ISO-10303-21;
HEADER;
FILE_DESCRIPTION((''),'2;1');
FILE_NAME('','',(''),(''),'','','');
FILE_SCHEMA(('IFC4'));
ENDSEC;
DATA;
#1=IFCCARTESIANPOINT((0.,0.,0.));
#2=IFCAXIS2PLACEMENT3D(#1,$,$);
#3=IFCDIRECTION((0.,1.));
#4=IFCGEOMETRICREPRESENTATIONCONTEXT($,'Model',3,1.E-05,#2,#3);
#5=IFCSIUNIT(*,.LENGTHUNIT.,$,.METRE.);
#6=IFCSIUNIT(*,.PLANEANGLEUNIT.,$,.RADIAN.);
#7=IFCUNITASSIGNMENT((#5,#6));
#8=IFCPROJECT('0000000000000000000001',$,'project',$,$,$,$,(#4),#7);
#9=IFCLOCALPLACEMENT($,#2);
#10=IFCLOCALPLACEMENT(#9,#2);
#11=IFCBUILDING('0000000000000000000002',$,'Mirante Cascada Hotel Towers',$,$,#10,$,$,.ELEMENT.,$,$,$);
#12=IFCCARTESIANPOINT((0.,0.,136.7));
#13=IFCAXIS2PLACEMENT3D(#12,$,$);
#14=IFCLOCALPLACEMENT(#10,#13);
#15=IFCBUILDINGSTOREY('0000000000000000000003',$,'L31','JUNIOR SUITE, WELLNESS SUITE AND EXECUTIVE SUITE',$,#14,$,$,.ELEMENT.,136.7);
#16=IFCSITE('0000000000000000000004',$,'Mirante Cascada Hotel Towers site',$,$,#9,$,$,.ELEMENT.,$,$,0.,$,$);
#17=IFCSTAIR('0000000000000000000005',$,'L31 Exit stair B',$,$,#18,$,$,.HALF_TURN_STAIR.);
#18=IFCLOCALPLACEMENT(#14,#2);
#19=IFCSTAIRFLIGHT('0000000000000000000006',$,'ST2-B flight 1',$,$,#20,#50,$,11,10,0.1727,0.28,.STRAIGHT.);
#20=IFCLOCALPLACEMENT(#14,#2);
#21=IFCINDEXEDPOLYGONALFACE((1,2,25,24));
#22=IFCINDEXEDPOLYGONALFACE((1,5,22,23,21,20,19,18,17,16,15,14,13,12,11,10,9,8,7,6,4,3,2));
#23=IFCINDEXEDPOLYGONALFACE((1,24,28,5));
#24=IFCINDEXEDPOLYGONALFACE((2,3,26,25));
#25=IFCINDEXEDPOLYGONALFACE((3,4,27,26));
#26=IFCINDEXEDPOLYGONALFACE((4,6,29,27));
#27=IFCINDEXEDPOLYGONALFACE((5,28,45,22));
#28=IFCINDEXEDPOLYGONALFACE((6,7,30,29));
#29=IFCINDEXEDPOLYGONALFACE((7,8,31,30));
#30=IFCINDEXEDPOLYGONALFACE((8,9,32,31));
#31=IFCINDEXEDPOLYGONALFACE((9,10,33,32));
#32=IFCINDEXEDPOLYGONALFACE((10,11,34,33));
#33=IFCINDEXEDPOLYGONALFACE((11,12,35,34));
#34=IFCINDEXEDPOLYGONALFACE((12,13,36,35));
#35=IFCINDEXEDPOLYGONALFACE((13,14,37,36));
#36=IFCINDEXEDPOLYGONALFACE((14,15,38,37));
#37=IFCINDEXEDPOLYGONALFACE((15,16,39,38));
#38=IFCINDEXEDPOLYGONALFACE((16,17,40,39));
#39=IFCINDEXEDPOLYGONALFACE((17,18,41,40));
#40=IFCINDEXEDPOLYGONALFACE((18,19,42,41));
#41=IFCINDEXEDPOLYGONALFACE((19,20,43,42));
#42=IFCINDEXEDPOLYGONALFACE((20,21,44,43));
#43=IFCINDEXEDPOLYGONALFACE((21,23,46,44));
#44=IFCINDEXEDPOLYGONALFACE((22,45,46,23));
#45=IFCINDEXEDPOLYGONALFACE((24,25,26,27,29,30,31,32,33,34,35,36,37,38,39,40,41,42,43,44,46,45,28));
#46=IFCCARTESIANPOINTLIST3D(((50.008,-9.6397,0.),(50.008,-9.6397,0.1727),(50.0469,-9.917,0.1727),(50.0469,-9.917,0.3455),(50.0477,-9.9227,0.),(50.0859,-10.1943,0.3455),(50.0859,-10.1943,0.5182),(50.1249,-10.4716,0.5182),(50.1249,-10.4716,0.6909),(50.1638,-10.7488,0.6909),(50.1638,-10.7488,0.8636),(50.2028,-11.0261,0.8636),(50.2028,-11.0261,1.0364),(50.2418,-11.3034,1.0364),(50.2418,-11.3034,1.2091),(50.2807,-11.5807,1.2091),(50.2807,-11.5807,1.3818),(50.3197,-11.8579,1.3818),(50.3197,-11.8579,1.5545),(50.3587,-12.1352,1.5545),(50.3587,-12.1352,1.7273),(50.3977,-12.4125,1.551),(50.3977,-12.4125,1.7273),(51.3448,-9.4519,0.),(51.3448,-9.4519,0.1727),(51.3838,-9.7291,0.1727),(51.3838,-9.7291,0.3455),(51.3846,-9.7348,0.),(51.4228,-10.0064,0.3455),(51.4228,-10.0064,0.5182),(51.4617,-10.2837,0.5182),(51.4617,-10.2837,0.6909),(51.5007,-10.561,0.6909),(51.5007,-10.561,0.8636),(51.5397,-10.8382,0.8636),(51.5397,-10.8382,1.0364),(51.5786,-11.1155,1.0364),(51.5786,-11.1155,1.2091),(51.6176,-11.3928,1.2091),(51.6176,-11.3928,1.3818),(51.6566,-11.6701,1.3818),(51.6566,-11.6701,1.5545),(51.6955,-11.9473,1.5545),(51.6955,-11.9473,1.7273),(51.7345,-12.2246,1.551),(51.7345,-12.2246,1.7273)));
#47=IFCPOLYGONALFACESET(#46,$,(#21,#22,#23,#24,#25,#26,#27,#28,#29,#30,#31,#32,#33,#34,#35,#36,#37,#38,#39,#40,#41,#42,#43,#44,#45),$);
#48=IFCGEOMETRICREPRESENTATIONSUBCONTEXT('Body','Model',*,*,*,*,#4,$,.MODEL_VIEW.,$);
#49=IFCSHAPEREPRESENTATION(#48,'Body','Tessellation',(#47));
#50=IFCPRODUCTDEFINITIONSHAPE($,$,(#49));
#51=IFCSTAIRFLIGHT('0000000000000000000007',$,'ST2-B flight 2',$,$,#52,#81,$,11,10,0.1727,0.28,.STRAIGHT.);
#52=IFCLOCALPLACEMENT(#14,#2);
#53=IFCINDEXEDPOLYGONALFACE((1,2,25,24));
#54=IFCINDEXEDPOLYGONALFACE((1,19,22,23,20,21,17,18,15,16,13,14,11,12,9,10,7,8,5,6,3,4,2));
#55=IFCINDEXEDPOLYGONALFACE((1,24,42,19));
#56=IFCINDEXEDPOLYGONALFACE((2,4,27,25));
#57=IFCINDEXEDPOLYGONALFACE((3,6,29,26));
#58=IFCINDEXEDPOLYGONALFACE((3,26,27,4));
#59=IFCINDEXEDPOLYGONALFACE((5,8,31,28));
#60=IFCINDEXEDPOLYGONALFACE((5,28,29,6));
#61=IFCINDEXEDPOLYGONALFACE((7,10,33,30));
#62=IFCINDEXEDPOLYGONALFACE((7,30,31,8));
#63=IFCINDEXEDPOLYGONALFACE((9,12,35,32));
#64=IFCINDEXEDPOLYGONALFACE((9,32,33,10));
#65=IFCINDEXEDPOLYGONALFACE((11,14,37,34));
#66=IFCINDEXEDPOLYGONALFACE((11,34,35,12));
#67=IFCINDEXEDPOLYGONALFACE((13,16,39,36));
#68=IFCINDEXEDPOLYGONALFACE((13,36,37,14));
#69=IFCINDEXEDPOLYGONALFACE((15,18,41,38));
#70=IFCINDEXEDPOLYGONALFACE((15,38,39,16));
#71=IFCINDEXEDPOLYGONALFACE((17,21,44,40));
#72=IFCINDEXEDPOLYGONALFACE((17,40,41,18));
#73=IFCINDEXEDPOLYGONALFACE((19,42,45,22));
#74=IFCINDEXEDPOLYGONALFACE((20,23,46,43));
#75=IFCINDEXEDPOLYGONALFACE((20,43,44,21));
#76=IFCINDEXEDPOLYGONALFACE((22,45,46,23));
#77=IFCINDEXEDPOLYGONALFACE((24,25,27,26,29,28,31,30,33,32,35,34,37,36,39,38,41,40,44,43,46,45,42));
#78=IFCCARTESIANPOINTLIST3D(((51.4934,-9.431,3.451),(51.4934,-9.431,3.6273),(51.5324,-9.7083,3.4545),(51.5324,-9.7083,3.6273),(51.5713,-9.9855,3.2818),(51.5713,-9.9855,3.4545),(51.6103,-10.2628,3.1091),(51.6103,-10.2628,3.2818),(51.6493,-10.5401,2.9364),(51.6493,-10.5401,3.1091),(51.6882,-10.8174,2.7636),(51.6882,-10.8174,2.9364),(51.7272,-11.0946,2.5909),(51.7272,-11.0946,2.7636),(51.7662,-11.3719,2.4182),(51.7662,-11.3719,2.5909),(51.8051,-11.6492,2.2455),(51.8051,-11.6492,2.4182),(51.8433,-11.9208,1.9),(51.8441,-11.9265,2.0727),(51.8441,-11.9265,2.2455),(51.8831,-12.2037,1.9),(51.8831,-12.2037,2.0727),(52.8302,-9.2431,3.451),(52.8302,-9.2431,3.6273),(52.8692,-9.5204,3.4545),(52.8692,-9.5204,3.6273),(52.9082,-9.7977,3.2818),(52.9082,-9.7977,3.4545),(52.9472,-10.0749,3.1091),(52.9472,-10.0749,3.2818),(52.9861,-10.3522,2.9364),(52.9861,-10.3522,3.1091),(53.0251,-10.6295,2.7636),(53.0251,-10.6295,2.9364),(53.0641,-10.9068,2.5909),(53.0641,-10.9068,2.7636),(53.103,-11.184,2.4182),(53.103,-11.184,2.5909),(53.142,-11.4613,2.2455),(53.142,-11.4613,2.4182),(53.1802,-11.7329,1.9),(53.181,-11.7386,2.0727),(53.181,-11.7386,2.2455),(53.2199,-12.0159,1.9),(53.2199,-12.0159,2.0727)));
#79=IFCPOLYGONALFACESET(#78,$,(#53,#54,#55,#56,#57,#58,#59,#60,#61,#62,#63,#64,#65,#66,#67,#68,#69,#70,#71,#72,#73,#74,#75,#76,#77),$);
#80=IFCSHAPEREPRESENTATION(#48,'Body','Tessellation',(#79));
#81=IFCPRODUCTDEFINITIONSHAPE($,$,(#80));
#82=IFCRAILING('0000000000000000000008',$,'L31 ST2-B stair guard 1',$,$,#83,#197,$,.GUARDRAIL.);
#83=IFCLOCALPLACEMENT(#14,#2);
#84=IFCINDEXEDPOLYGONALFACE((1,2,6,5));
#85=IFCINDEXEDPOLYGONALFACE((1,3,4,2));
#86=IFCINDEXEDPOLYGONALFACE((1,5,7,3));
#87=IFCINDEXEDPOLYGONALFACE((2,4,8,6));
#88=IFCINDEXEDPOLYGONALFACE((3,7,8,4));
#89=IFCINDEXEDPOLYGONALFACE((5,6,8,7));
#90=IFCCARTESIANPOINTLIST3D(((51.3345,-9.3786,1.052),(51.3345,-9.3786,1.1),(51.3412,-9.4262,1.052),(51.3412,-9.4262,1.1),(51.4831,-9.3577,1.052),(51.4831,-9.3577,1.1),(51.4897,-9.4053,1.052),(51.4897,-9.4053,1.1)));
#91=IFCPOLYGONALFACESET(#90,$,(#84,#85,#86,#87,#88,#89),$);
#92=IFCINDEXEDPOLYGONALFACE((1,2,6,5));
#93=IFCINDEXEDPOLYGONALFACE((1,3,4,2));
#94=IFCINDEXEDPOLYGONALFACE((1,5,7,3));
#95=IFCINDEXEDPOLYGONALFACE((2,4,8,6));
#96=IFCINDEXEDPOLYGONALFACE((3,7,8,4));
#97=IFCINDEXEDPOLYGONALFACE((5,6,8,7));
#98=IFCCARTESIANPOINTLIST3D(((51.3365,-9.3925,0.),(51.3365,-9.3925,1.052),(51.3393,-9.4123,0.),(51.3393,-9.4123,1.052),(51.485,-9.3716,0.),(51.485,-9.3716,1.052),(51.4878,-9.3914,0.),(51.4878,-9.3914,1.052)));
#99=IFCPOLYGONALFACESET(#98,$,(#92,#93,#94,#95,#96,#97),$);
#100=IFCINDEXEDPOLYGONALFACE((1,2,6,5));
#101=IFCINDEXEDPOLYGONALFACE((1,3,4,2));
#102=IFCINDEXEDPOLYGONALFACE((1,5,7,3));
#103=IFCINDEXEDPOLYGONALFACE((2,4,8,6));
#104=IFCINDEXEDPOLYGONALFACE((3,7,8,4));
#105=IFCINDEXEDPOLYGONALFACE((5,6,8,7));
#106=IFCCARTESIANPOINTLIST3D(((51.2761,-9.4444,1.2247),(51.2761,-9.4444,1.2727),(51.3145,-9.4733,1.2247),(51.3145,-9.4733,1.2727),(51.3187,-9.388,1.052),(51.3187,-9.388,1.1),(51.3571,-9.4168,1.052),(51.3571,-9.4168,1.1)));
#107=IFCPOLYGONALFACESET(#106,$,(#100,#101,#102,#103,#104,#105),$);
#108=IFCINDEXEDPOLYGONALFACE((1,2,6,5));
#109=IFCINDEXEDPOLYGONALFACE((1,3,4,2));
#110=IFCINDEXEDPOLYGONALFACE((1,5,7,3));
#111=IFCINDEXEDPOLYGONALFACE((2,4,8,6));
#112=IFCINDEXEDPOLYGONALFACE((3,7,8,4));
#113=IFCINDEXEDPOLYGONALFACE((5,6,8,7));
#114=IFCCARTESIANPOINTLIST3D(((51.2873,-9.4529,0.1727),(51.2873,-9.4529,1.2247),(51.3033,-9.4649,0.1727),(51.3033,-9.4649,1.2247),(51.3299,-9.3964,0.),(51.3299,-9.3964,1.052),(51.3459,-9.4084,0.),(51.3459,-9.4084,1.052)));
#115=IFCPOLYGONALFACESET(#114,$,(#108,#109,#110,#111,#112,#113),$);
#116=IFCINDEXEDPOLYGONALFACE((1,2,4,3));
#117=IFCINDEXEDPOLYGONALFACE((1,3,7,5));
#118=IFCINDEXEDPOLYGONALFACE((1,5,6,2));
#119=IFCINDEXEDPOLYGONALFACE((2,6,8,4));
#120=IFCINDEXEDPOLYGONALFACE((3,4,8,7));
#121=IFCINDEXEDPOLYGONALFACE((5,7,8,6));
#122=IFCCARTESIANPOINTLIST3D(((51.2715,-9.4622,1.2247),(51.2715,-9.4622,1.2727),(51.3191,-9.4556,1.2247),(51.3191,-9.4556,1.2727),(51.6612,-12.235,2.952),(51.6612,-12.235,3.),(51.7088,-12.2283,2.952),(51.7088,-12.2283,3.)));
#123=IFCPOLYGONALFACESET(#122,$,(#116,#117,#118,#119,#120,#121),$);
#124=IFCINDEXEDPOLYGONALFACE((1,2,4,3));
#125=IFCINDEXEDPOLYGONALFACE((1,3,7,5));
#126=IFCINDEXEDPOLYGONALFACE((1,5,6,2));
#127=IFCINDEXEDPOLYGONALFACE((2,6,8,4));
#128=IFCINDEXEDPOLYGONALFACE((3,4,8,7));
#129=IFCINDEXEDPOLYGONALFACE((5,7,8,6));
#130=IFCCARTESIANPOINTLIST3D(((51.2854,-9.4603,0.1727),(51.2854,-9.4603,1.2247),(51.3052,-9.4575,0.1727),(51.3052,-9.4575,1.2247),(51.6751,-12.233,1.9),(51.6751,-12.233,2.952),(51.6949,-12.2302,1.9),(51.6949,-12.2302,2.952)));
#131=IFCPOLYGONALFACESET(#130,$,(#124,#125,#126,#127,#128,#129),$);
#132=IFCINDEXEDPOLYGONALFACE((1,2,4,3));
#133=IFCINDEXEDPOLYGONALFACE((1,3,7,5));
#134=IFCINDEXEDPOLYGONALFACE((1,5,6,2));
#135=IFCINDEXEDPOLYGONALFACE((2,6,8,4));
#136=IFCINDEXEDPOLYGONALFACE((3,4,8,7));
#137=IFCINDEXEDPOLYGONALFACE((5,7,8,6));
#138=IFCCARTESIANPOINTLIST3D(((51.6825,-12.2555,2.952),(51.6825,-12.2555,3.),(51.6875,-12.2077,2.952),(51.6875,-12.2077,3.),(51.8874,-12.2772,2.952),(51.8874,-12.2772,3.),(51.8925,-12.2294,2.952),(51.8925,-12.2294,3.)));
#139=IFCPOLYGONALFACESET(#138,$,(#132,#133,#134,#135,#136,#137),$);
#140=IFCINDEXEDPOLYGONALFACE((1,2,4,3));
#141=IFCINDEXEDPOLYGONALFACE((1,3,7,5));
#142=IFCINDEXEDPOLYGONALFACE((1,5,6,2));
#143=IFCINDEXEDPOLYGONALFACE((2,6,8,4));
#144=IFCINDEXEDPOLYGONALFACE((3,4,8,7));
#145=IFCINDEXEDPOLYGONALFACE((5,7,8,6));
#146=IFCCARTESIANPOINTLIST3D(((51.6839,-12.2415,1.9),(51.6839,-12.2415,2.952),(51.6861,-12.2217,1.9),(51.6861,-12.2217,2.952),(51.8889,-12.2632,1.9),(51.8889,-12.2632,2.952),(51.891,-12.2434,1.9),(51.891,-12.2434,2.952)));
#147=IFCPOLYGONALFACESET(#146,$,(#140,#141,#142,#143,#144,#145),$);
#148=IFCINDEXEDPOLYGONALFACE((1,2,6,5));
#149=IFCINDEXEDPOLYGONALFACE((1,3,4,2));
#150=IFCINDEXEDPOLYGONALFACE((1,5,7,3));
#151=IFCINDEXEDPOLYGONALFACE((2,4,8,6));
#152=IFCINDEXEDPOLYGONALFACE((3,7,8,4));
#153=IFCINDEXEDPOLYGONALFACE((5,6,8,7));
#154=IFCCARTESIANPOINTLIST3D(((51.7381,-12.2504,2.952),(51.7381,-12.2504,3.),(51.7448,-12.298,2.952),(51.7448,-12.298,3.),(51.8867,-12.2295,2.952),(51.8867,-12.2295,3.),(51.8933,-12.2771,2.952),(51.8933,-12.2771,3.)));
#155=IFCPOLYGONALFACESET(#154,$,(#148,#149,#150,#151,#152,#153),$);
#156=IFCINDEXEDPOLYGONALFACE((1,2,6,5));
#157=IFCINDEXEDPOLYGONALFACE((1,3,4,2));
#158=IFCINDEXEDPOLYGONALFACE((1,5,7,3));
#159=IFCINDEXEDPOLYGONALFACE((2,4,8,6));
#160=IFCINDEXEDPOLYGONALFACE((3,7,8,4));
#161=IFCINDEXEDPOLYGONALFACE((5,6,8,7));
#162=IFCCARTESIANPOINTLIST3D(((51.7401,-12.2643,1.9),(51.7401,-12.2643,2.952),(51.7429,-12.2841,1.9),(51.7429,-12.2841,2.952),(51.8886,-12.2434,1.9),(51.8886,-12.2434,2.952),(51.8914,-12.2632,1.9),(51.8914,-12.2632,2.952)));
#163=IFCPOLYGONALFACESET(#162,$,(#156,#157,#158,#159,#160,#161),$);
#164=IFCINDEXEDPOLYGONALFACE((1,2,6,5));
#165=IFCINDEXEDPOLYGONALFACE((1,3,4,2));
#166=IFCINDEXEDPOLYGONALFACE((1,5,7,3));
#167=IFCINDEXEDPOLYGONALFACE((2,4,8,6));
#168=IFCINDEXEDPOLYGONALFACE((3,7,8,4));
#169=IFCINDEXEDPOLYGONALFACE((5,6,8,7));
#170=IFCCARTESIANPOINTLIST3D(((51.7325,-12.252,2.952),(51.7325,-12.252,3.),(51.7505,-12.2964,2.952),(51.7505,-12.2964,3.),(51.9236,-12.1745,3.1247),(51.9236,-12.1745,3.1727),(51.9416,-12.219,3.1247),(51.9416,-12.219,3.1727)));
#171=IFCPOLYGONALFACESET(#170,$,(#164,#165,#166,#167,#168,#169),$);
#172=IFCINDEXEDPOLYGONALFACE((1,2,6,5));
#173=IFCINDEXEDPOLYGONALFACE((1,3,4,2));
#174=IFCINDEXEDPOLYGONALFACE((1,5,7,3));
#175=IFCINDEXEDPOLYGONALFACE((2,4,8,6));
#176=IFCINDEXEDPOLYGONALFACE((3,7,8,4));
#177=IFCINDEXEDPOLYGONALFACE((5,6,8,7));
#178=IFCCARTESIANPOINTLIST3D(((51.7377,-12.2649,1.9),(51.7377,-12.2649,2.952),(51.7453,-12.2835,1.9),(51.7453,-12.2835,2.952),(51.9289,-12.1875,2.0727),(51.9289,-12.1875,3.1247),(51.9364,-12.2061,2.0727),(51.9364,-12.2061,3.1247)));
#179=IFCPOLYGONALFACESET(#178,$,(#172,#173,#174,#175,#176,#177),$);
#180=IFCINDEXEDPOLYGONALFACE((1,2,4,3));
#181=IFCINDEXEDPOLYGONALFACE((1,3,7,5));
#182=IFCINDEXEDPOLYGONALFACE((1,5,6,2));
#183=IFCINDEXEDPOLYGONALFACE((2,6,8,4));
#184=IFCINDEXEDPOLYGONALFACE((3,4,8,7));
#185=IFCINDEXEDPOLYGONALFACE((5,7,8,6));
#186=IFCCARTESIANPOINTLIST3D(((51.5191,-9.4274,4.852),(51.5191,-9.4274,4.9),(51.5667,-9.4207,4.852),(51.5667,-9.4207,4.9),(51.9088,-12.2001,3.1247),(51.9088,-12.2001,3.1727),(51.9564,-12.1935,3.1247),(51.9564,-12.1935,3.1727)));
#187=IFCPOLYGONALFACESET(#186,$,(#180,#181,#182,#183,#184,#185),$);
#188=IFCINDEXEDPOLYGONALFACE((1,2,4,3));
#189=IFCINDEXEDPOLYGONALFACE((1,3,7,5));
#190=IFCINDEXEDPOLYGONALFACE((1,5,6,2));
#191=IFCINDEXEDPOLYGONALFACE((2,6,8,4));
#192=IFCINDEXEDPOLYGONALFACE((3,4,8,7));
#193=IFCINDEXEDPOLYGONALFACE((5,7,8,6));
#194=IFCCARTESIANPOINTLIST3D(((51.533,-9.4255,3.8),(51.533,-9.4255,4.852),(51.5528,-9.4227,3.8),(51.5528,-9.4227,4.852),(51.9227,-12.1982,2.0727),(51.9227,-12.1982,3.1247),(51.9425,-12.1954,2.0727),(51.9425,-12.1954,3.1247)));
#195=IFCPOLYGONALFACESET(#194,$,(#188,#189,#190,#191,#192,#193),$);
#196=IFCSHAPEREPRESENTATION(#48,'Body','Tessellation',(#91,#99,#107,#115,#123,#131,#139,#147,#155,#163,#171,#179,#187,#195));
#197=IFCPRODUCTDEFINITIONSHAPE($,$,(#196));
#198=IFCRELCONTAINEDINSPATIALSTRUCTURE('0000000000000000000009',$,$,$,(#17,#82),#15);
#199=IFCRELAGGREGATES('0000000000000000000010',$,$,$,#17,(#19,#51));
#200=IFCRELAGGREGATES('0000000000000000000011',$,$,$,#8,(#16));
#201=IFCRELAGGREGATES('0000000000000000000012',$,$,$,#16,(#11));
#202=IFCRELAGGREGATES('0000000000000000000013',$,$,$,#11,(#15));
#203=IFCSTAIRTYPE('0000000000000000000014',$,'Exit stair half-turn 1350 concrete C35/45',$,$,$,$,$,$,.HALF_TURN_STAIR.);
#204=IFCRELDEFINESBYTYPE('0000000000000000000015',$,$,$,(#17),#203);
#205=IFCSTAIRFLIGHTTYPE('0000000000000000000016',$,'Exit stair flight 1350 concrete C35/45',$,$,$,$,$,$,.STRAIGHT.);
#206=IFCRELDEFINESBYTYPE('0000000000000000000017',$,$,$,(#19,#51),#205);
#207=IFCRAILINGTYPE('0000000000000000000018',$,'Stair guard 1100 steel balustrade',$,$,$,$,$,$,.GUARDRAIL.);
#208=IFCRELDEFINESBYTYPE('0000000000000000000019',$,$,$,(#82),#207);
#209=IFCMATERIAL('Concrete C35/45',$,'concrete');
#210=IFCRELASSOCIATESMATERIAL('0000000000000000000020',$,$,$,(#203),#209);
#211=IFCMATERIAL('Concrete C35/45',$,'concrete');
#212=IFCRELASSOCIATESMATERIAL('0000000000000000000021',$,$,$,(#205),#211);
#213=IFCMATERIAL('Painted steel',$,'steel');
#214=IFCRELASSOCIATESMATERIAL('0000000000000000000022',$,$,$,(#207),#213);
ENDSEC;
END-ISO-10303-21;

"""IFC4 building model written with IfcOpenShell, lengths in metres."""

from ifc_helpers import new_model, si_unit, direction, frame, origin, origin_2d, place, context, subcontext, project, spatial, polyline, rectangle, outline, extrude, material, type_object, element, aggregate, save


model = new_model("IFC4")

# Units and contexts
model_context = context("Model", 3, precision=1e-05, world=origin(), true_north=direction((0.0, 1.0)))
body_context = subcontext(model_context, "Body", "Model", "MODEL_VIEW")
ifc_project = project(units=[si_unit("LENGTHUNIT", "METRE"), si_unit("PLANEANGLEUNIT", "RADIAN")], contexts=[model_context])

# Site, building, storey
site_placement = place(None, origin())
site = spatial("IfcSite", under=ifc_project, at=site_placement, Name="Mirante Cascada Hotel Towers site", CompositionType="ELEMENT", RefElevation=0.0)
building_placement = place(site_placement, origin())
building = spatial("IfcBuilding", under=site, at=building_placement, Name="Mirante Cascada Hotel Towers", CompositionType="ELEMENT")
storey_placement = place(building_placement, frame((0.0, 0.0, 136.7)))
storey = spatial("IfcBuildingStorey", under=building, at=storey_placement, Name="L31", Description="JUNIOR SUITE, WELLNESS SUITE AND EXECUTIVE SUITE", CompositionType="ELEMENT", Elevation=136.7)

# Stair, stair flights
ifc_material_1 = material(Name="Concrete C35/45", Category="concrete")
stair_type = type_object("IfcStairType", Name="Exit stair half-turn 1350 concrete C35/45", PredefinedType="HALF_TURN_STAIR", material=ifc_material_1)
stair_placement = place(storey_placement, origin())
stair = element("IfcStair", 1, at=stair_placement, inside=storey, type_object=stair_type, Name="L31 Exit stair B", PredefinedType="HALF_TURN_STAIR")
ifc_material_2 = material(Name="Concrete C35/45", Category="concrete")
stair_flight_type = type_object("IfcStairFlightType", Name="Exit stair flight 1350 concrete C35/45", PredefinedType="STRAIGHT", material=ifc_material_2)
stair_flight_1_placement = place(storey_placement, frame((50.6764, -9.5458, 0.0), z_axis=(0.0, 0.0, 1.0), x_axis=(0.139173, -0.990268, 0.0)))
stair_flight_1 = element("IfcStairFlight", 2, at=stair_flight_1_placement, type_object=stair_flight_type, Name="ST2-B flight 1", NumberOfRisers=11, NumberOfTreads=10, PredefinedType="STRAIGHT", RiserHeight=0.1727, TreadLength=0.28, context=body_context, shape_type="SweptSolid", body=[
    extrude(outline(polyline([(0.0, 0.0), (0.0, 0.1727), (0.28, 0.1727), (0.28, 0.3455), (0.56, 0.3455), (0.56, 0.5182), (0.84, 0.5182), (0.84, 0.6909), (1.12, 0.6909), (1.12, 0.8636), (1.4, 0.8636), (1.4, 1.0364), (1.68, 1.0364), (1.68, 1.2091), (1.96, 1.2091), (1.96, 1.3818), (2.24, 1.3818), (2.24, 1.5545), (2.52, 1.5545), (2.52, 1.7273), (2.8, 1.7273), (2.8, 1.9), (2.8, 1.551), (0.2857, 0.0), (0.0, 0.0)])), frame((0.0, 0.675, 0.0), z_axis=(0.0, -1.0, 0.0), x_axis=(1.0, 0.0, 0.0)), (0.0, 0.0, 1.0), 1.35),
])
stair_flight_2_placement = place(storey_placement, frame((52.5515, -12.1098, 1.9), z_axis=(0.0, 0.0, 1.0), x_axis=(-0.139173, 0.990268, 0.0)))
stair_flight_2 = element("IfcStairFlight", 3, at=stair_flight_2_placement, type_object=stair_flight_type, Name="ST2-B flight 2", NumberOfRisers=11, NumberOfTreads=10, PredefinedType="STRAIGHT", RiserHeight=0.1727, TreadLength=0.28, context=body_context, shape_type="SweptSolid", body=[
    extrude(outline(polyline([(0.0, 0.0), (0.0, 0.1727), (0.28, 0.1727), (0.28, 0.3455), (0.56, 0.3455), (0.56, 0.5182), (0.84, 0.5182), (0.84, 0.6909), (1.12, 0.6909), (1.12, 0.8636), (1.4, 0.8636), (1.4, 1.0364), (1.68, 1.0364), (1.68, 1.2091), (1.96, 1.2091), (1.96, 1.3818), (2.24, 1.3818), (2.24, 1.5545), (2.52, 1.5545), (2.52, 1.7273), (2.8, 1.7273), (2.8, 1.9), (2.8, 1.551), (0.2857, 0.0), (0.0, 0.0)])), frame((0.0, 0.675, 0.0), z_axis=(0.0, -1.0, 0.0), x_axis=(1.0, 0.0, 0.0)), (0.0, 0.0, 1.0), 1.35),
])
aggregate(stair, [stair_flight_1, stair_flight_2])

# Railing
ifc_material_3 = material(Name="Painted steel", Category="steel")
railing_type_1 = type_object("IfcRailingType", Name="Stair guard 1100 steel balustrade", PredefinedType="GUARDRAIL", material=ifc_material_3)
railing_1_placement = place(storey_placement, frame((51.4864, -9.3815, 0.0)))
element("IfcRailing", 4, at=railing_1_placement, inside=storey, type_object=railing_type_1, Name="L31 ST2-B stair guard 1", PredefinedType="GUARDRAIL", context=body_context, shape_type="SweptSolid", body=[
    extrude(rectangle(XDim=0.048, YDim=0.048, at=origin_2d()), frame((0.0, 0.0, 1.076), z_axis=(-0.990241, -0.139367, 0.0), x_axis=(0.139367, -0.990241, 0.0)), (0.0, 0.0, 1.0), 0.15),
    extrude(rectangle(XDim=0.02, YDim=1.052, at=origin_2d()), frame((0.0, 0.0, 0.526), z_axis=(-0.990241, -0.139367, 0.0), x_axis=(0.139367, -0.990241, 0.0)), (0.0, 0.0, 1.0), 0.15),
    extrude(rectangle(XDim=0.048, YDim=0.048, at=origin_2d()), frame((-0.1485, -0.0209, 1.076), z_axis=(-0.602033, -0.798471, 0.0), x_axis=(0.798471, -0.602033, 0.0)), (0.0, 0.92534, 0.379139), 0.1866),
    extrude(rectangle(XDim=0.02, YDim=1.052, at=origin_2d()), frame((-0.1485, -0.0209, 0.526), z_axis=(-0.602033, -0.798471, 0.0), x_axis=(0.798471, -0.602033, 0.0)), (0.0, 0.92534, 0.379139), 0.1866),
    extrude(rectangle(XDim=0.048, YDim=0.048, at=origin_2d()), frame((-0.1911, -0.0774, 1.2487), z_axis=(0.139181, -0.990267, 0.0), x_axis=(0.990267, 0.139181, 0.0)), (0.0, 0.525035, 0.851081), 3.2899),
    extrude(rectangle(XDim=0.02, YDim=1.052, at=origin_2d()), frame((-0.1911, -0.0774, 0.6987), z_axis=(0.139181, -0.990267, 0.0), x_axis=(0.990267, 0.139181, 0.0)), (0.0, 0.525035, 0.851081), 3.2899),
    extrude(rectangle(XDim=0.048, YDim=0.048, at=origin_2d()), frame((0.1986, -2.8501, 2.976), z_axis=(0.994444, -0.105266, 0.0), x_axis=(0.105266, 0.994444, 0.0)), (0.0, 0.0, 1.0), 0.2061),
    extrude(rectangle(XDim=0.02, YDim=1.052, at=origin_2d()), frame((0.1986, -2.8501, 2.426), z_axis=(0.994444, -0.105266, 0.0), x_axis=(0.105266, 0.994444, 0.0)), (0.0, 0.0, 1.0), 0.2061),
    extrude(rectangle(XDim=0.048, YDim=0.048, at=origin_2d()), frame((0.4036, -2.8718, 2.976), z_axis=(-0.990241, -0.139367, 0.0), x_axis=(0.139367, -0.990241, 0.0)), (0.0, 0.0, 1.0), 0.15),
    extrude(rectangle(XDim=0.02, YDim=1.052, at=origin_2d()), frame((0.4036, -2.8718, 2.426), z_axis=(-0.990241, -0.139367, 0.0), x_axis=(0.139367, -0.990241, 0.0)), (0.0, 0.0, 1.0), 0.15),
    extrude(rectangle(XDim=0.048, YDim=0.048, at=origin_2d()), frame((0.2551, -2.8927, 2.976), z_axis=(0.926862, 0.375401, 0.0), x_axis=(-0.375401, 0.926862, 0.0)), (0.0, 0.642122, 0.766603), 0.269),
    extrude(rectangle(XDim=0.02, YDim=1.052, at=origin_2d()), frame((0.2551, -2.8927, 2.426), z_axis=(0.926862, 0.375401, 0.0), x_axis=(-0.375401, 0.926862, 0.0)), (0.0, 0.642122, 0.766603), 0.269),
    extrude(rectangle(XDim=0.048, YDim=0.048, at=origin_2d()), frame((0.4462, -2.8153, 3.1487), z_axis=(-0.139181, 0.990267, 0.0), x_axis=(-0.990267, -0.139181, 0.0)), (0.0, 0.525035, 0.851081), 3.2899),
    extrude(rectangle(XDim=0.02, YDim=1.052, at=origin_2d()), frame((0.4462, -2.8153, 2.5987), z_axis=(-0.139181, 0.990267, 0.0), x_axis=(-0.990267, -0.139181, 0.0)), (0.0, 0.525035, 0.851081), 3.2899),
])

save(model, "model.ifc")
